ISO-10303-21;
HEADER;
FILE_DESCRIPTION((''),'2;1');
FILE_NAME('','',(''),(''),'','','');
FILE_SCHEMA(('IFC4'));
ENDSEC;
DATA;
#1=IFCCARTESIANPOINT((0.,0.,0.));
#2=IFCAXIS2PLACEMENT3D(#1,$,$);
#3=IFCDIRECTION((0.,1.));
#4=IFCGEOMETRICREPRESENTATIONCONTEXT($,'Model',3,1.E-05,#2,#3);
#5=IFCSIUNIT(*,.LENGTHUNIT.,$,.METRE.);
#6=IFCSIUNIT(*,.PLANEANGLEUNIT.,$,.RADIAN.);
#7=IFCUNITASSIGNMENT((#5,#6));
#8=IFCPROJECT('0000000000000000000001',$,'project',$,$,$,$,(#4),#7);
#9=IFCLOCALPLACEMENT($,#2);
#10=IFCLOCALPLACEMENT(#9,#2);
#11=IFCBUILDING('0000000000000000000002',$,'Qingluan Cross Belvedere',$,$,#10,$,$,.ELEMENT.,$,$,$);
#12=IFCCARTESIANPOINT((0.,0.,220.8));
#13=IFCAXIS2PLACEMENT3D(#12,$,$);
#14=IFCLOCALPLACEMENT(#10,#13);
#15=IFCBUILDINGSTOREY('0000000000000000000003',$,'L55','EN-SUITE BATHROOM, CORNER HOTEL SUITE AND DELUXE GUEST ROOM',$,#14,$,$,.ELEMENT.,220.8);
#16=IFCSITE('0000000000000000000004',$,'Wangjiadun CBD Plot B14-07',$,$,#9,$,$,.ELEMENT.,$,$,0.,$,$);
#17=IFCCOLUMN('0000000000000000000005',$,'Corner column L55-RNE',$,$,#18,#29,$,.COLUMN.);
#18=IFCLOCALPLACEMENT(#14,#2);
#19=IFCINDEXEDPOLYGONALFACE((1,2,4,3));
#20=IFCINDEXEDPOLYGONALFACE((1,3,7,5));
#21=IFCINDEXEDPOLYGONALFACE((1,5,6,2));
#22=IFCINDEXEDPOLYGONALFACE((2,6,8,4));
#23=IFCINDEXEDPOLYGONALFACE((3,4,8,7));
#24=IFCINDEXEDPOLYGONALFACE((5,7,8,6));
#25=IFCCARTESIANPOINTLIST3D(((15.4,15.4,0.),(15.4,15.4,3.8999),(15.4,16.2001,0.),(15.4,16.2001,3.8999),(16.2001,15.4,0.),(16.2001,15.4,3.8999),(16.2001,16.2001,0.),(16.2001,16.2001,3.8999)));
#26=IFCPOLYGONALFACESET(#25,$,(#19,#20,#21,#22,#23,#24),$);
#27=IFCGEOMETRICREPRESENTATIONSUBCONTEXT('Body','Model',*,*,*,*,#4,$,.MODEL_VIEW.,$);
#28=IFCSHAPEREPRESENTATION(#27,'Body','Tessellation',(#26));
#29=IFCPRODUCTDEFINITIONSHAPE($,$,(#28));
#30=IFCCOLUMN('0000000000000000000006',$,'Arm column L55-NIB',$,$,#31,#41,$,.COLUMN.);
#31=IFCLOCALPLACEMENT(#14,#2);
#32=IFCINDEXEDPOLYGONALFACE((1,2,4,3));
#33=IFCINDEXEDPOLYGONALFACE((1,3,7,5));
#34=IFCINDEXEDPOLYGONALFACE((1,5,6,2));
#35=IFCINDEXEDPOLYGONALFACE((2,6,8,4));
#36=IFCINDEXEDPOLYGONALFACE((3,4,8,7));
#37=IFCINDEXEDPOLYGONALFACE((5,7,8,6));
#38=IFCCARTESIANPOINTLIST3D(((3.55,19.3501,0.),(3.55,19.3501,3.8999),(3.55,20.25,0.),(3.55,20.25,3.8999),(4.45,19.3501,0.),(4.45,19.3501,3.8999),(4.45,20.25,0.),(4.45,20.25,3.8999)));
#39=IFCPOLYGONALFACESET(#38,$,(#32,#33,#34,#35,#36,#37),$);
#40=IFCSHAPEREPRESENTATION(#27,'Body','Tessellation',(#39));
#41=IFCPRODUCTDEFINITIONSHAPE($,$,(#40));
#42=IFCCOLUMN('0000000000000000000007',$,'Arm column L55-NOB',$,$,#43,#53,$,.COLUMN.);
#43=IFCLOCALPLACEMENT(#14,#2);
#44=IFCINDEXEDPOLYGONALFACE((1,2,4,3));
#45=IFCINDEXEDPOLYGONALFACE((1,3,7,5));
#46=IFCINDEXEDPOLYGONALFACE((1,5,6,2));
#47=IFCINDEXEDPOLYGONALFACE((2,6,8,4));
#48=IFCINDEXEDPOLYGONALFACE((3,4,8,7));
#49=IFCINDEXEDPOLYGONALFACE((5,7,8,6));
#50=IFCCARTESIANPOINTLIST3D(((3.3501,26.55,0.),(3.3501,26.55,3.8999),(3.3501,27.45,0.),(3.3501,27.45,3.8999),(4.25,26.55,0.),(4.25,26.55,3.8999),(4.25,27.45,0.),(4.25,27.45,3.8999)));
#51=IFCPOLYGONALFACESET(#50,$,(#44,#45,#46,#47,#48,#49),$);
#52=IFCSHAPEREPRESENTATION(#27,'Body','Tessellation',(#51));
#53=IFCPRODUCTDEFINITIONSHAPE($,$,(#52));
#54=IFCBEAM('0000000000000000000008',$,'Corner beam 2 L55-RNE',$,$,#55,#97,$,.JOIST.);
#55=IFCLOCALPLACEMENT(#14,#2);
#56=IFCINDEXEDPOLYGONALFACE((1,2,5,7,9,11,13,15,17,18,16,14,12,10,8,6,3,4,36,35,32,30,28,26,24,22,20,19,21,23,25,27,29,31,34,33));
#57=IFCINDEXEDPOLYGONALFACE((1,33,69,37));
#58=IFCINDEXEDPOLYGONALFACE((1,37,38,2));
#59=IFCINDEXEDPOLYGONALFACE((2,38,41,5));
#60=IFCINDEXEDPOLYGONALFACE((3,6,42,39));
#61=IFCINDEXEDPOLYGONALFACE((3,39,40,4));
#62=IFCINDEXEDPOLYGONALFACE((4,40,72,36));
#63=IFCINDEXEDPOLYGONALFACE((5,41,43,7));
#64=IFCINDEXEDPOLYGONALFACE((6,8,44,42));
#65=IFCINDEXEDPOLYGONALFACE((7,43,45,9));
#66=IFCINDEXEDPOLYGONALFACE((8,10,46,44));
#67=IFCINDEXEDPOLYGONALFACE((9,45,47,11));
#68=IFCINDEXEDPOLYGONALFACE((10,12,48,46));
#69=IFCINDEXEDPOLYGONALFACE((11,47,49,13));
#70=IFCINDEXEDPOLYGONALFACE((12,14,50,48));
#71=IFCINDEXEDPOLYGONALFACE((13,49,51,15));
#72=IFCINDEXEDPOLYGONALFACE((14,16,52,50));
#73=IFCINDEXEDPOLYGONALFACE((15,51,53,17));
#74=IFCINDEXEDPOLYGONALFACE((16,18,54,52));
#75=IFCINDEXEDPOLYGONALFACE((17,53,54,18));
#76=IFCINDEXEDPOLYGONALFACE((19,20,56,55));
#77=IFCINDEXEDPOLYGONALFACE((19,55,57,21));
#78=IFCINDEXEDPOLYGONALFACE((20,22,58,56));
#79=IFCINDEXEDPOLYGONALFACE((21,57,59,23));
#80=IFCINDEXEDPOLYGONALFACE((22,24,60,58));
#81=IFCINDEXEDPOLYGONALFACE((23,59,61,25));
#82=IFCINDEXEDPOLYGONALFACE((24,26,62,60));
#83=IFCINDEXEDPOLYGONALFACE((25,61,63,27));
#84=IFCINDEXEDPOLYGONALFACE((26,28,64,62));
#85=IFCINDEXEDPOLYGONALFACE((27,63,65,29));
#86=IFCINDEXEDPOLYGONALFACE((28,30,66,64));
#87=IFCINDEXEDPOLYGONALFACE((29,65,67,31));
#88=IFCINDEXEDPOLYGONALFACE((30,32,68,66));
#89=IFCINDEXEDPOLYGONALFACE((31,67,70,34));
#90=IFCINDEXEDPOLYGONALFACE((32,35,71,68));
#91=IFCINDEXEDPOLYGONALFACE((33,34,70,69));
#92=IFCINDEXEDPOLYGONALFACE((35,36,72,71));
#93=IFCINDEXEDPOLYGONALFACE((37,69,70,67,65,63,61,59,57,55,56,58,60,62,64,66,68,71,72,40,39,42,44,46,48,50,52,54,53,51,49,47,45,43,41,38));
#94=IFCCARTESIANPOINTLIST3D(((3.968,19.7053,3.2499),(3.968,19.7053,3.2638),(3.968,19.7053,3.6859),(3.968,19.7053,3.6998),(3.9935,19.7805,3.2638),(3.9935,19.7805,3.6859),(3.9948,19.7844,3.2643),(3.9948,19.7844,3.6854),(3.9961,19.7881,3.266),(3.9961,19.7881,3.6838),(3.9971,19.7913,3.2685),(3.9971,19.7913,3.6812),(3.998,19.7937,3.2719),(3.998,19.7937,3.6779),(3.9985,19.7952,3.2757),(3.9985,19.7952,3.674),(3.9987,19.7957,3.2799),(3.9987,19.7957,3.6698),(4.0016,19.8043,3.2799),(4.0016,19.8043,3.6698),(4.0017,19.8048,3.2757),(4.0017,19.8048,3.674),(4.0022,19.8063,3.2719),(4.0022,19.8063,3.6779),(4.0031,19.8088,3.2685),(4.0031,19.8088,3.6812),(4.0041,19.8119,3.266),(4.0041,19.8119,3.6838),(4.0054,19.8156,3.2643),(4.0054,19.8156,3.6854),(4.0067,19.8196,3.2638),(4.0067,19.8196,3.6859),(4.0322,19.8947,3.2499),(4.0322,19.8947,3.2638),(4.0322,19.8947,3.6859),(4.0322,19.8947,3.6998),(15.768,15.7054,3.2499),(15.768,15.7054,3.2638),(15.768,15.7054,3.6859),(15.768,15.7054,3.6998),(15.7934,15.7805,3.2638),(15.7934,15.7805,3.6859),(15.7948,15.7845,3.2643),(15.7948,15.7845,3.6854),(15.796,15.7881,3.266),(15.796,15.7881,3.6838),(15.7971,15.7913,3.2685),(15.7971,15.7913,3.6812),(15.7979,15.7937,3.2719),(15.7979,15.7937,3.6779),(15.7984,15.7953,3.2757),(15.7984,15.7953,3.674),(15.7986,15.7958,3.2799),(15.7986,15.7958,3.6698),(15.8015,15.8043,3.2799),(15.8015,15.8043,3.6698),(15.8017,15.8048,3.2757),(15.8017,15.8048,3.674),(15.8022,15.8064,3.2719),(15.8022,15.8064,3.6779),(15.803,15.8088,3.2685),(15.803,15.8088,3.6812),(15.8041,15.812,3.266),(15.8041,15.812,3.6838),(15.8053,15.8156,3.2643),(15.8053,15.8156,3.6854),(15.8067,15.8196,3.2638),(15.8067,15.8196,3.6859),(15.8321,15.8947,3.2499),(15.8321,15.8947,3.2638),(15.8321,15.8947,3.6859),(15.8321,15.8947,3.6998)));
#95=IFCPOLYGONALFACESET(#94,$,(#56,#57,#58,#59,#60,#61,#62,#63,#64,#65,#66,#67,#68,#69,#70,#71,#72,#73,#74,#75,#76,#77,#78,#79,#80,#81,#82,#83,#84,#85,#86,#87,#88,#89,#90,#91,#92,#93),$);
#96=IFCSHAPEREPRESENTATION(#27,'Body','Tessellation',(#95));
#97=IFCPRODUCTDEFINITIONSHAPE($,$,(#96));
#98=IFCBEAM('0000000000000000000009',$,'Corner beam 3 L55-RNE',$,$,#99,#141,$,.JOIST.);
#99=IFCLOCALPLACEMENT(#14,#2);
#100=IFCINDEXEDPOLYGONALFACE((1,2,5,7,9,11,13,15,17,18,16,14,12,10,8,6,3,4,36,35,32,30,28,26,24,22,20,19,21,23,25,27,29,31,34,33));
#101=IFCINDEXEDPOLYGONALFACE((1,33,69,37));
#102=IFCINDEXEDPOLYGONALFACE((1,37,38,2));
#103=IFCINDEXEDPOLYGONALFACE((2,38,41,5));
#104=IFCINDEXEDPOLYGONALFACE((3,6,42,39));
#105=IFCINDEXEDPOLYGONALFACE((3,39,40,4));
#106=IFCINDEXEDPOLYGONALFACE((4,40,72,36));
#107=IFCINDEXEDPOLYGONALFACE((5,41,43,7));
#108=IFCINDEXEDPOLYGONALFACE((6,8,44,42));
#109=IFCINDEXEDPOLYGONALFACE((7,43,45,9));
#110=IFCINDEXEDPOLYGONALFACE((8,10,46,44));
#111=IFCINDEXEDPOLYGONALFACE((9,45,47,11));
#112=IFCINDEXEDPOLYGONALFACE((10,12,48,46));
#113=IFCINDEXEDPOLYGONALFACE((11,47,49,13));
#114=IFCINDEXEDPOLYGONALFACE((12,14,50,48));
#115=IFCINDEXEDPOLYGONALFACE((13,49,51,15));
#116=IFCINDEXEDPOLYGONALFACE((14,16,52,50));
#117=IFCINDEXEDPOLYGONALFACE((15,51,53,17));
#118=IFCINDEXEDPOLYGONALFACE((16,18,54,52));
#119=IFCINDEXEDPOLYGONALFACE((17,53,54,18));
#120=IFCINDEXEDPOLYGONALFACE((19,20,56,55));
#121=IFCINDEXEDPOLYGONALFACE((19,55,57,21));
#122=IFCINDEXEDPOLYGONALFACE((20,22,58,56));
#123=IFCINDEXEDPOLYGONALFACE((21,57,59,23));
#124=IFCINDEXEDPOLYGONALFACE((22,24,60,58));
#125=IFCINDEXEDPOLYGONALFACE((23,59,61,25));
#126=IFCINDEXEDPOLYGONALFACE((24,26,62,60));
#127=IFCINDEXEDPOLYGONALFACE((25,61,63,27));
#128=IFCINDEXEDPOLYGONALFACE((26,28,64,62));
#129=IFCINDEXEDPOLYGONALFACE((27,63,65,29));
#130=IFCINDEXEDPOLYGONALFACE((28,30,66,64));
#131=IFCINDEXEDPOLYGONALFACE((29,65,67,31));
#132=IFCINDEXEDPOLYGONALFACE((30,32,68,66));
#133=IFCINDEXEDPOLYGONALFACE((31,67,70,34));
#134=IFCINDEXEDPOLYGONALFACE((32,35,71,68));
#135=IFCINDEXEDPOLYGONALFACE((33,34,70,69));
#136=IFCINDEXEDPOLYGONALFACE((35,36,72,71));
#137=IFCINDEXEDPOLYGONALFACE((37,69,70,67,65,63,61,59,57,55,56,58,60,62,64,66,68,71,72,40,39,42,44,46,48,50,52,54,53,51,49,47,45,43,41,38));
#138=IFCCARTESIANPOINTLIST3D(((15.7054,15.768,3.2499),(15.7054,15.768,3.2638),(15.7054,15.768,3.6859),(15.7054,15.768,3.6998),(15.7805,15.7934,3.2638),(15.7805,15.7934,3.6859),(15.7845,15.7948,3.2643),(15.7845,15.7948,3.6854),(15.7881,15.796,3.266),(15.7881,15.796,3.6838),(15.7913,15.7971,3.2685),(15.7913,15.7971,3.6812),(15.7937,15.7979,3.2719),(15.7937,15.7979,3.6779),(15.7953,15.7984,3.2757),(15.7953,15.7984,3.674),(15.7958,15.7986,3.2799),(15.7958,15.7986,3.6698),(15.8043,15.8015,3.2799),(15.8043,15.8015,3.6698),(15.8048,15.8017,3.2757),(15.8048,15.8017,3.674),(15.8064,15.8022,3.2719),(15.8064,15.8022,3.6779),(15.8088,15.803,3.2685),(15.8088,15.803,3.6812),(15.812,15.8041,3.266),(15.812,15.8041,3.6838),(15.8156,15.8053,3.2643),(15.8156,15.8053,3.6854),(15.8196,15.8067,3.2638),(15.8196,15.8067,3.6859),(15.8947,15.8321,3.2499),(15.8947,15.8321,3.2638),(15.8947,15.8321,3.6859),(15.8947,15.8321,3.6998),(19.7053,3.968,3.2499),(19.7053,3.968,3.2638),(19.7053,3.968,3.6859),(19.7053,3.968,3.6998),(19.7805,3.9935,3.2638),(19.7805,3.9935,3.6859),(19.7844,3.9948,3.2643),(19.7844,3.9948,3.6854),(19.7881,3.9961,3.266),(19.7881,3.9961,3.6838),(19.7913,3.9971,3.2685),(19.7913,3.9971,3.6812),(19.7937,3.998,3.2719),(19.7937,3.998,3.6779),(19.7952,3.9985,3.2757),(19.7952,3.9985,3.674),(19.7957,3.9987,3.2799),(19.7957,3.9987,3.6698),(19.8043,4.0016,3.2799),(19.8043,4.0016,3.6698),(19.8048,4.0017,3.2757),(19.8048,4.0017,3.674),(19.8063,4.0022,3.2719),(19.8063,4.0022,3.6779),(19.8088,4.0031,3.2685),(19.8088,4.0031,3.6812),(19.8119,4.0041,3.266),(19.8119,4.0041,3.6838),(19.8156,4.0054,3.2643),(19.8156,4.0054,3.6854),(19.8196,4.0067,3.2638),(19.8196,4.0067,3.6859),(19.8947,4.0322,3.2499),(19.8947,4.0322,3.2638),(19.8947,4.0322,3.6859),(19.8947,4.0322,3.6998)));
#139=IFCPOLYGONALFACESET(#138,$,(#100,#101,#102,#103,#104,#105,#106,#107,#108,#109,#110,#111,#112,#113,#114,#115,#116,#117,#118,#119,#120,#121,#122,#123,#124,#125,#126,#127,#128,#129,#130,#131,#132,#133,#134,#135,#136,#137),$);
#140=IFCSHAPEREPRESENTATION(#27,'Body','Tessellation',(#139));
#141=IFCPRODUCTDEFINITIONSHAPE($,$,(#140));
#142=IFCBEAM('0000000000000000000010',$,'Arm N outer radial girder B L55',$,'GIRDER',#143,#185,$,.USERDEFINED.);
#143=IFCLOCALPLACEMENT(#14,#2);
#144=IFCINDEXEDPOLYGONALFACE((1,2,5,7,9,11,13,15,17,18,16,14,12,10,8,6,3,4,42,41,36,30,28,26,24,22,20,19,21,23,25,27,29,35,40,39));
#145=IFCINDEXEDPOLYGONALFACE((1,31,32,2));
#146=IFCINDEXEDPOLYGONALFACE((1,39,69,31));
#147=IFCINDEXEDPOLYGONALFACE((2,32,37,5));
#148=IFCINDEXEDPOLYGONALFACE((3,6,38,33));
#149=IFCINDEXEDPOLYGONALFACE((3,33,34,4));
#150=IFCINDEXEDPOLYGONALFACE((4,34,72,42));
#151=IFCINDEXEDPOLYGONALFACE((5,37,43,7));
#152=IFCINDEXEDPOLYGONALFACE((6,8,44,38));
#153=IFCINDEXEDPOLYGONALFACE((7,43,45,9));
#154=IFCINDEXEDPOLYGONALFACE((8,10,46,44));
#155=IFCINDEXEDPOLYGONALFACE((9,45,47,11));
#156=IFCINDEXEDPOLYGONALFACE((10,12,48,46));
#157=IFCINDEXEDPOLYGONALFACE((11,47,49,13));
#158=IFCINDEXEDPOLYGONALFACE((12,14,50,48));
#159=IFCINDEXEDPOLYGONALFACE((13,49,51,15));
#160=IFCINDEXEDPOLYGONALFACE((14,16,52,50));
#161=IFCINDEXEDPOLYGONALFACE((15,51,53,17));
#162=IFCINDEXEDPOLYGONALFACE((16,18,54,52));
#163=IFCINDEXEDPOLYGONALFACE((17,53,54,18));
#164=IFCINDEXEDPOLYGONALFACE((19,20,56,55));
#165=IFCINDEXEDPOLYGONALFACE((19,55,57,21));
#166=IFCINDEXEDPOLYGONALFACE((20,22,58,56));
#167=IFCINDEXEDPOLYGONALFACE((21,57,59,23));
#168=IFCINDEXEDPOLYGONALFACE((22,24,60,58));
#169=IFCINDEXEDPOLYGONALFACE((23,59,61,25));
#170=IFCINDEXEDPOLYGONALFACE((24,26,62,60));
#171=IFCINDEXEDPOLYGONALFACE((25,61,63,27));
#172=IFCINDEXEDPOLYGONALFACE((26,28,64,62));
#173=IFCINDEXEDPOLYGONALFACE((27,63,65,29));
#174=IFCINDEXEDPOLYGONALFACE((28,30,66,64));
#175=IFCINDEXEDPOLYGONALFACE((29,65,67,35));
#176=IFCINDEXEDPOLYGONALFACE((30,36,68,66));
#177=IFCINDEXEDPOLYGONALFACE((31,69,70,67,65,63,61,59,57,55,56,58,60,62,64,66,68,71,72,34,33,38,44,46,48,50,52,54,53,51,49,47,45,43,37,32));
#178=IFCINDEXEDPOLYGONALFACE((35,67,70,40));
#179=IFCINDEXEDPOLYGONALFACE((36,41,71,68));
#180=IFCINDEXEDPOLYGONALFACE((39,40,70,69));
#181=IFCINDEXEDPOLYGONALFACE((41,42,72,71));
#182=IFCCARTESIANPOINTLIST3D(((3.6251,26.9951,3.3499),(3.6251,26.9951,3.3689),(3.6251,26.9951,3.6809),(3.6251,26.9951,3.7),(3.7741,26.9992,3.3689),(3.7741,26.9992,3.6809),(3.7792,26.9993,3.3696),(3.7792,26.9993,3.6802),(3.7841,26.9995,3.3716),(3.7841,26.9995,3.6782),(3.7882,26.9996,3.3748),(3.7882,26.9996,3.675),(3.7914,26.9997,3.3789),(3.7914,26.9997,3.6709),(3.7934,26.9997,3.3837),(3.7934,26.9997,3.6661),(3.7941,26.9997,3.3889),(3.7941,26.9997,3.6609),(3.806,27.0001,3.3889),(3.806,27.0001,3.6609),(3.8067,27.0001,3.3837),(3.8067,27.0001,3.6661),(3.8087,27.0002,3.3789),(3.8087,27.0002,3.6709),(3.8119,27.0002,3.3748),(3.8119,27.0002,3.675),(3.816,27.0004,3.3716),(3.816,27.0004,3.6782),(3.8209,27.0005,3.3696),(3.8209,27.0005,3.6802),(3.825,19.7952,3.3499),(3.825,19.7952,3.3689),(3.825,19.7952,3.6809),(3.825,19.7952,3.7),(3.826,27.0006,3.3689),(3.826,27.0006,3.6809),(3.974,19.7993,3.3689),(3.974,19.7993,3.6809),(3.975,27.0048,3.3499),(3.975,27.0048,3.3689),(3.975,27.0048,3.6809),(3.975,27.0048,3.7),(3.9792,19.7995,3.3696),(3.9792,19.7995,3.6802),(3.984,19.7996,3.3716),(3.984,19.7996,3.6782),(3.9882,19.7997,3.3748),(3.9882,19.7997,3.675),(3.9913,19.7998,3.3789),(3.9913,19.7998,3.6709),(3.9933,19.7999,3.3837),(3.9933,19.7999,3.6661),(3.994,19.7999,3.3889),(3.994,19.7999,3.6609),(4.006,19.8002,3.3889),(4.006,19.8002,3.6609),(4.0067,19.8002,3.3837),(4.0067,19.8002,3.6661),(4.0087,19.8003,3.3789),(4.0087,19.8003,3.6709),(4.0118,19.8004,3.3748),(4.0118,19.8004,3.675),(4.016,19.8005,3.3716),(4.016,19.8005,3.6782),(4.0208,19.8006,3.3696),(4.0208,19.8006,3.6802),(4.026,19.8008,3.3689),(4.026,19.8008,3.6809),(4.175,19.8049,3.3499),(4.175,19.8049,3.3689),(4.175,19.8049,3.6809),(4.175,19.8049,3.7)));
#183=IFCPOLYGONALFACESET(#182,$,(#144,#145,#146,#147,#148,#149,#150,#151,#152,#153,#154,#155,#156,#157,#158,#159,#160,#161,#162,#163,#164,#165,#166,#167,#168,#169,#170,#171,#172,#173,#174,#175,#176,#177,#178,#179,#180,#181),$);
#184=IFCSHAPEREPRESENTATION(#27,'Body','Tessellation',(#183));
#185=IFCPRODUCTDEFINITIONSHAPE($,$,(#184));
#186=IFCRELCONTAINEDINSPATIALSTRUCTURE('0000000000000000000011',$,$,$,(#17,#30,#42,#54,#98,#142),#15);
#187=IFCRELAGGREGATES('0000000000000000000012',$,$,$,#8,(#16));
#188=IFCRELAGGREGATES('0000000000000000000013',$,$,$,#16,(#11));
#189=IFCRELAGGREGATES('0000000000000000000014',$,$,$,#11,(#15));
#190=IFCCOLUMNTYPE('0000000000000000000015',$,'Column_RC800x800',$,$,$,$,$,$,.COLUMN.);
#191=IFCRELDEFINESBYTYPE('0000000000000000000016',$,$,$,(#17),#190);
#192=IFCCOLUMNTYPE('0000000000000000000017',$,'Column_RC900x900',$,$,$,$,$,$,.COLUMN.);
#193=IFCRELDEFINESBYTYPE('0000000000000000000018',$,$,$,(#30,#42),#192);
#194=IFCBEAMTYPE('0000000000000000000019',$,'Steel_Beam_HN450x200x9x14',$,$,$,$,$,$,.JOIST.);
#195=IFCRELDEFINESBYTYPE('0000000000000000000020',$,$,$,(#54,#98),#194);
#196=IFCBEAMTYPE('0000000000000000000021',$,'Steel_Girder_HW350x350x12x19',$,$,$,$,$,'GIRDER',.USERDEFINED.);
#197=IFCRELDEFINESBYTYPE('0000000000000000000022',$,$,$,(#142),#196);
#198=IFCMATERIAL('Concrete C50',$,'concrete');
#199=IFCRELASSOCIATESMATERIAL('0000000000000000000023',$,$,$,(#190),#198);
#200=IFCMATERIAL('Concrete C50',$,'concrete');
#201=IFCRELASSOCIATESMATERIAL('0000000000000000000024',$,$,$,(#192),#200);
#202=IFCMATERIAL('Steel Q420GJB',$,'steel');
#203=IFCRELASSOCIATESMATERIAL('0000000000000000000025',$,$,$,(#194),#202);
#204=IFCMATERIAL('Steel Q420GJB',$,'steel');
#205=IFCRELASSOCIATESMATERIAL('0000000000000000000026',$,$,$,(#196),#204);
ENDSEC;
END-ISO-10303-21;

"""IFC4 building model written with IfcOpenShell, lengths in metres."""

from ifc_helpers import new_model, si_unit, direction, frame, origin, origin_2d, place, context, subcontext, project, spatial, rectangle, i_section, extrude, material, material_profile, profile_set, type_object, element, save


model = new_model("IFC4")

# Units and contexts
model_context = context("Model", 3, precision=1e-05, world=origin(), true_north=direction((0.0, 1.0)))
body_context = subcontext(model_context, "Body", "Model", "MODEL_VIEW")
ifc_project = project(units=[si_unit("LENGTHUNIT", "METRE"), si_unit("PLANEANGLEUNIT", "RADIAN")], contexts=[model_context])

# Site, building, storey
site_placement = place(None, origin())
site = spatial("IfcSite", under=ifc_project, at=site_placement, Name="Wangjiadun CBD Plot B14-07", CompositionType="ELEMENT", RefElevation=0.0)
building_placement = place(site_placement, origin())
building = spatial("IfcBuilding", under=site, at=building_placement, Name="Qingluan Cross Belvedere", CompositionType="ELEMENT")
storey_placement = place(building_placement, frame((0.0, 0.0, 220.8)))
storey = spatial("IfcBuildingStorey", under=building, at=storey_placement, Name="L55", Description="EN-SUITE BATHROOM, CORNER HOTEL SUITE AND DELUXE GUEST ROOM", CompositionType="ELEMENT", Elevation=220.8)

# Columns
ifc_material_1 = material(Name="Concrete C50", Category="concrete")
ifc_material_profile_1 = material_profile(ifc_material_1, rectangle(XDim=0.8, YDim=0.8, at=origin_2d()), Name="RC800x800")
ifc_profile_set_1 = profile_set([ifc_material_profile_1], Name="Concrete C50")
column_type_1 = type_object("IfcColumnType", Name="Column_RC800x800", PredefinedType="COLUMN", material=ifc_profile_set_1)
column_placement = place(storey_placement, frame((15.8, 15.8, 0.0), z_axis=(0.0, 0.0, 1.0), x_axis=(1.0, 0.0, 0.0)))
element("IfcColumn", 1, at=column_placement, inside=storey, type_object=column_type_1, Name="Corner column L55-RNE", PredefinedType="COLUMN", context=body_context, shape_type="SweptSolid", body=[
    extrude(rectangle(XDim=0.8, YDim=0.8, at=origin_2d()), origin(), (0.0, 0.0, 1.0), 3.8999),
])
ifc_material_2 = material(Name="Concrete C50", Category="concrete")
ifc_material_profile_2 = material_profile(ifc_material_2, rectangle(XDim=0.8999, YDim=0.8999, at=origin_2d()), Name="RC900x900")
ifc_profile_set_2 = profile_set([ifc_material_profile_2], Name="Concrete C50")
column_type_2 = type_object("IfcColumnType", Name="Column_RC900x900", PredefinedType="COLUMN", material=ifc_profile_set_2)
for number, where, z_axis, x_axis, name in (
    (2, (4.0, 19.8, 0.0), (0.0, 0.0, 1.0), (1.0, 0.0, 0.0), "Arm column L55-NIB"),
    (3, (3.8, 27.0, 0.0), (0.0, 0.0, 1.0), (1.0, 0.0, 0.0), "Arm column L55-NOB"),
):
    element("IfcColumn", number, at=place(storey_placement, frame(where, z_axis=z_axis, x_axis=x_axis)), inside=storey, type_object=column_type_2, Name=name, PredefinedType="COLUMN", context=body_context, shape_type="SweptSolid", body=[
        extrude(rectangle(XDim=0.8999, YDim=0.8999, at=origin_2d()), origin(), (0.0, 0.0, 1.0), 3.8999),
    ])

# Beams
ifc_material_3 = material(Name="Steel Q420GJB", Category="steel")
ifc_material_profile_3 = material_profile(ifc_material_3, i_section(OverallWidth=0.2, OverallDepth=0.45, WebThickness=0.009, FlangeThickness=0.0139, FilletRadius=0.0161, at=origin_2d()), Name="HN450x200x9x14")
ifc_profile_set_3 = profile_set([ifc_material_profile_3], Name="Steel Q420GJB")
beam_type_1 = type_object("IfcBeamType", Name="Steel_Beam_HN450x200x9x14", PredefinedType="JOIST", material=ifc_profile_set_3)
for number, where, z_axis, x_axis, name in (
    (4, (15.8, 15.8, 3.4749), (-0.947066, 0.321038, 0.0), (-0.321038, -0.947066, 0.0), "Corner beam 2 L55-RNE"),
    (5, (15.8, 15.8, 3.4749), (0.321038, -0.947066, 0.0), (0.947066, 0.321038, 0.0), "Corner beam 3 L55-RNE"),
):
    element("IfcBeam", number, at=place(storey_placement, frame(where, z_axis=z_axis, x_axis=x_axis)), inside=storey, type_object=beam_type_1, Name=name, PredefinedType="JOIST", context=body_context, shape_type="SweptSolid", body=[
        extrude(i_section(OverallWidth=0.2, OverallDepth=0.45, WebThickness=0.009, FlangeThickness=0.0139, FilletRadius=0.0161, at=origin_2d()), origin(), (0.0, 0.0, 1.0), 12.4595),
    ])
ifc_material_4 = material(Name="Steel Q420GJB", Category="steel")
ifc_material_profile_4 = material_profile(ifc_material_4, i_section(OverallWidth=0.3501, OverallDepth=0.3501, WebThickness=0.012, FlangeThickness=0.019, FilletRadius=0.02, at=origin_2d()), Name="HW350x350x12x19")
ifc_profile_set_4 = profile_set([ifc_material_profile_4], Name="Steel Q420GJB")
beam_type_2 = type_object("IfcBeamType", Name="Steel_Girder_HW350x350x12x19", ElementType="GIRDER", PredefinedType="USERDEFINED", material=ifc_profile_set_4)
beam_placement = place(storey_placement, frame((4.0, 19.8, 3.5249), z_axis=(-0.02776, 0.999615, 0.0), x_axis=(-0.999615, -0.02776, 0.0)))
element("IfcBeam", 6, at=beam_placement, inside=storey, type_object=beam_type_2, Name="Arm N outer radial girder B L55", ObjectType="GIRDER", PredefinedType="USERDEFINED", context=body_context, shape_type="SweptSolid", body=[
    extrude(i_section(OverallWidth=0.3501, OverallDepth=0.3501, WebThickness=0.012, FlangeThickness=0.019, FilletRadius=0.02, at=origin_2d()), origin(), (0.0, 0.0, 1.0), 7.2026),
])

save(model, "model.ifc")
